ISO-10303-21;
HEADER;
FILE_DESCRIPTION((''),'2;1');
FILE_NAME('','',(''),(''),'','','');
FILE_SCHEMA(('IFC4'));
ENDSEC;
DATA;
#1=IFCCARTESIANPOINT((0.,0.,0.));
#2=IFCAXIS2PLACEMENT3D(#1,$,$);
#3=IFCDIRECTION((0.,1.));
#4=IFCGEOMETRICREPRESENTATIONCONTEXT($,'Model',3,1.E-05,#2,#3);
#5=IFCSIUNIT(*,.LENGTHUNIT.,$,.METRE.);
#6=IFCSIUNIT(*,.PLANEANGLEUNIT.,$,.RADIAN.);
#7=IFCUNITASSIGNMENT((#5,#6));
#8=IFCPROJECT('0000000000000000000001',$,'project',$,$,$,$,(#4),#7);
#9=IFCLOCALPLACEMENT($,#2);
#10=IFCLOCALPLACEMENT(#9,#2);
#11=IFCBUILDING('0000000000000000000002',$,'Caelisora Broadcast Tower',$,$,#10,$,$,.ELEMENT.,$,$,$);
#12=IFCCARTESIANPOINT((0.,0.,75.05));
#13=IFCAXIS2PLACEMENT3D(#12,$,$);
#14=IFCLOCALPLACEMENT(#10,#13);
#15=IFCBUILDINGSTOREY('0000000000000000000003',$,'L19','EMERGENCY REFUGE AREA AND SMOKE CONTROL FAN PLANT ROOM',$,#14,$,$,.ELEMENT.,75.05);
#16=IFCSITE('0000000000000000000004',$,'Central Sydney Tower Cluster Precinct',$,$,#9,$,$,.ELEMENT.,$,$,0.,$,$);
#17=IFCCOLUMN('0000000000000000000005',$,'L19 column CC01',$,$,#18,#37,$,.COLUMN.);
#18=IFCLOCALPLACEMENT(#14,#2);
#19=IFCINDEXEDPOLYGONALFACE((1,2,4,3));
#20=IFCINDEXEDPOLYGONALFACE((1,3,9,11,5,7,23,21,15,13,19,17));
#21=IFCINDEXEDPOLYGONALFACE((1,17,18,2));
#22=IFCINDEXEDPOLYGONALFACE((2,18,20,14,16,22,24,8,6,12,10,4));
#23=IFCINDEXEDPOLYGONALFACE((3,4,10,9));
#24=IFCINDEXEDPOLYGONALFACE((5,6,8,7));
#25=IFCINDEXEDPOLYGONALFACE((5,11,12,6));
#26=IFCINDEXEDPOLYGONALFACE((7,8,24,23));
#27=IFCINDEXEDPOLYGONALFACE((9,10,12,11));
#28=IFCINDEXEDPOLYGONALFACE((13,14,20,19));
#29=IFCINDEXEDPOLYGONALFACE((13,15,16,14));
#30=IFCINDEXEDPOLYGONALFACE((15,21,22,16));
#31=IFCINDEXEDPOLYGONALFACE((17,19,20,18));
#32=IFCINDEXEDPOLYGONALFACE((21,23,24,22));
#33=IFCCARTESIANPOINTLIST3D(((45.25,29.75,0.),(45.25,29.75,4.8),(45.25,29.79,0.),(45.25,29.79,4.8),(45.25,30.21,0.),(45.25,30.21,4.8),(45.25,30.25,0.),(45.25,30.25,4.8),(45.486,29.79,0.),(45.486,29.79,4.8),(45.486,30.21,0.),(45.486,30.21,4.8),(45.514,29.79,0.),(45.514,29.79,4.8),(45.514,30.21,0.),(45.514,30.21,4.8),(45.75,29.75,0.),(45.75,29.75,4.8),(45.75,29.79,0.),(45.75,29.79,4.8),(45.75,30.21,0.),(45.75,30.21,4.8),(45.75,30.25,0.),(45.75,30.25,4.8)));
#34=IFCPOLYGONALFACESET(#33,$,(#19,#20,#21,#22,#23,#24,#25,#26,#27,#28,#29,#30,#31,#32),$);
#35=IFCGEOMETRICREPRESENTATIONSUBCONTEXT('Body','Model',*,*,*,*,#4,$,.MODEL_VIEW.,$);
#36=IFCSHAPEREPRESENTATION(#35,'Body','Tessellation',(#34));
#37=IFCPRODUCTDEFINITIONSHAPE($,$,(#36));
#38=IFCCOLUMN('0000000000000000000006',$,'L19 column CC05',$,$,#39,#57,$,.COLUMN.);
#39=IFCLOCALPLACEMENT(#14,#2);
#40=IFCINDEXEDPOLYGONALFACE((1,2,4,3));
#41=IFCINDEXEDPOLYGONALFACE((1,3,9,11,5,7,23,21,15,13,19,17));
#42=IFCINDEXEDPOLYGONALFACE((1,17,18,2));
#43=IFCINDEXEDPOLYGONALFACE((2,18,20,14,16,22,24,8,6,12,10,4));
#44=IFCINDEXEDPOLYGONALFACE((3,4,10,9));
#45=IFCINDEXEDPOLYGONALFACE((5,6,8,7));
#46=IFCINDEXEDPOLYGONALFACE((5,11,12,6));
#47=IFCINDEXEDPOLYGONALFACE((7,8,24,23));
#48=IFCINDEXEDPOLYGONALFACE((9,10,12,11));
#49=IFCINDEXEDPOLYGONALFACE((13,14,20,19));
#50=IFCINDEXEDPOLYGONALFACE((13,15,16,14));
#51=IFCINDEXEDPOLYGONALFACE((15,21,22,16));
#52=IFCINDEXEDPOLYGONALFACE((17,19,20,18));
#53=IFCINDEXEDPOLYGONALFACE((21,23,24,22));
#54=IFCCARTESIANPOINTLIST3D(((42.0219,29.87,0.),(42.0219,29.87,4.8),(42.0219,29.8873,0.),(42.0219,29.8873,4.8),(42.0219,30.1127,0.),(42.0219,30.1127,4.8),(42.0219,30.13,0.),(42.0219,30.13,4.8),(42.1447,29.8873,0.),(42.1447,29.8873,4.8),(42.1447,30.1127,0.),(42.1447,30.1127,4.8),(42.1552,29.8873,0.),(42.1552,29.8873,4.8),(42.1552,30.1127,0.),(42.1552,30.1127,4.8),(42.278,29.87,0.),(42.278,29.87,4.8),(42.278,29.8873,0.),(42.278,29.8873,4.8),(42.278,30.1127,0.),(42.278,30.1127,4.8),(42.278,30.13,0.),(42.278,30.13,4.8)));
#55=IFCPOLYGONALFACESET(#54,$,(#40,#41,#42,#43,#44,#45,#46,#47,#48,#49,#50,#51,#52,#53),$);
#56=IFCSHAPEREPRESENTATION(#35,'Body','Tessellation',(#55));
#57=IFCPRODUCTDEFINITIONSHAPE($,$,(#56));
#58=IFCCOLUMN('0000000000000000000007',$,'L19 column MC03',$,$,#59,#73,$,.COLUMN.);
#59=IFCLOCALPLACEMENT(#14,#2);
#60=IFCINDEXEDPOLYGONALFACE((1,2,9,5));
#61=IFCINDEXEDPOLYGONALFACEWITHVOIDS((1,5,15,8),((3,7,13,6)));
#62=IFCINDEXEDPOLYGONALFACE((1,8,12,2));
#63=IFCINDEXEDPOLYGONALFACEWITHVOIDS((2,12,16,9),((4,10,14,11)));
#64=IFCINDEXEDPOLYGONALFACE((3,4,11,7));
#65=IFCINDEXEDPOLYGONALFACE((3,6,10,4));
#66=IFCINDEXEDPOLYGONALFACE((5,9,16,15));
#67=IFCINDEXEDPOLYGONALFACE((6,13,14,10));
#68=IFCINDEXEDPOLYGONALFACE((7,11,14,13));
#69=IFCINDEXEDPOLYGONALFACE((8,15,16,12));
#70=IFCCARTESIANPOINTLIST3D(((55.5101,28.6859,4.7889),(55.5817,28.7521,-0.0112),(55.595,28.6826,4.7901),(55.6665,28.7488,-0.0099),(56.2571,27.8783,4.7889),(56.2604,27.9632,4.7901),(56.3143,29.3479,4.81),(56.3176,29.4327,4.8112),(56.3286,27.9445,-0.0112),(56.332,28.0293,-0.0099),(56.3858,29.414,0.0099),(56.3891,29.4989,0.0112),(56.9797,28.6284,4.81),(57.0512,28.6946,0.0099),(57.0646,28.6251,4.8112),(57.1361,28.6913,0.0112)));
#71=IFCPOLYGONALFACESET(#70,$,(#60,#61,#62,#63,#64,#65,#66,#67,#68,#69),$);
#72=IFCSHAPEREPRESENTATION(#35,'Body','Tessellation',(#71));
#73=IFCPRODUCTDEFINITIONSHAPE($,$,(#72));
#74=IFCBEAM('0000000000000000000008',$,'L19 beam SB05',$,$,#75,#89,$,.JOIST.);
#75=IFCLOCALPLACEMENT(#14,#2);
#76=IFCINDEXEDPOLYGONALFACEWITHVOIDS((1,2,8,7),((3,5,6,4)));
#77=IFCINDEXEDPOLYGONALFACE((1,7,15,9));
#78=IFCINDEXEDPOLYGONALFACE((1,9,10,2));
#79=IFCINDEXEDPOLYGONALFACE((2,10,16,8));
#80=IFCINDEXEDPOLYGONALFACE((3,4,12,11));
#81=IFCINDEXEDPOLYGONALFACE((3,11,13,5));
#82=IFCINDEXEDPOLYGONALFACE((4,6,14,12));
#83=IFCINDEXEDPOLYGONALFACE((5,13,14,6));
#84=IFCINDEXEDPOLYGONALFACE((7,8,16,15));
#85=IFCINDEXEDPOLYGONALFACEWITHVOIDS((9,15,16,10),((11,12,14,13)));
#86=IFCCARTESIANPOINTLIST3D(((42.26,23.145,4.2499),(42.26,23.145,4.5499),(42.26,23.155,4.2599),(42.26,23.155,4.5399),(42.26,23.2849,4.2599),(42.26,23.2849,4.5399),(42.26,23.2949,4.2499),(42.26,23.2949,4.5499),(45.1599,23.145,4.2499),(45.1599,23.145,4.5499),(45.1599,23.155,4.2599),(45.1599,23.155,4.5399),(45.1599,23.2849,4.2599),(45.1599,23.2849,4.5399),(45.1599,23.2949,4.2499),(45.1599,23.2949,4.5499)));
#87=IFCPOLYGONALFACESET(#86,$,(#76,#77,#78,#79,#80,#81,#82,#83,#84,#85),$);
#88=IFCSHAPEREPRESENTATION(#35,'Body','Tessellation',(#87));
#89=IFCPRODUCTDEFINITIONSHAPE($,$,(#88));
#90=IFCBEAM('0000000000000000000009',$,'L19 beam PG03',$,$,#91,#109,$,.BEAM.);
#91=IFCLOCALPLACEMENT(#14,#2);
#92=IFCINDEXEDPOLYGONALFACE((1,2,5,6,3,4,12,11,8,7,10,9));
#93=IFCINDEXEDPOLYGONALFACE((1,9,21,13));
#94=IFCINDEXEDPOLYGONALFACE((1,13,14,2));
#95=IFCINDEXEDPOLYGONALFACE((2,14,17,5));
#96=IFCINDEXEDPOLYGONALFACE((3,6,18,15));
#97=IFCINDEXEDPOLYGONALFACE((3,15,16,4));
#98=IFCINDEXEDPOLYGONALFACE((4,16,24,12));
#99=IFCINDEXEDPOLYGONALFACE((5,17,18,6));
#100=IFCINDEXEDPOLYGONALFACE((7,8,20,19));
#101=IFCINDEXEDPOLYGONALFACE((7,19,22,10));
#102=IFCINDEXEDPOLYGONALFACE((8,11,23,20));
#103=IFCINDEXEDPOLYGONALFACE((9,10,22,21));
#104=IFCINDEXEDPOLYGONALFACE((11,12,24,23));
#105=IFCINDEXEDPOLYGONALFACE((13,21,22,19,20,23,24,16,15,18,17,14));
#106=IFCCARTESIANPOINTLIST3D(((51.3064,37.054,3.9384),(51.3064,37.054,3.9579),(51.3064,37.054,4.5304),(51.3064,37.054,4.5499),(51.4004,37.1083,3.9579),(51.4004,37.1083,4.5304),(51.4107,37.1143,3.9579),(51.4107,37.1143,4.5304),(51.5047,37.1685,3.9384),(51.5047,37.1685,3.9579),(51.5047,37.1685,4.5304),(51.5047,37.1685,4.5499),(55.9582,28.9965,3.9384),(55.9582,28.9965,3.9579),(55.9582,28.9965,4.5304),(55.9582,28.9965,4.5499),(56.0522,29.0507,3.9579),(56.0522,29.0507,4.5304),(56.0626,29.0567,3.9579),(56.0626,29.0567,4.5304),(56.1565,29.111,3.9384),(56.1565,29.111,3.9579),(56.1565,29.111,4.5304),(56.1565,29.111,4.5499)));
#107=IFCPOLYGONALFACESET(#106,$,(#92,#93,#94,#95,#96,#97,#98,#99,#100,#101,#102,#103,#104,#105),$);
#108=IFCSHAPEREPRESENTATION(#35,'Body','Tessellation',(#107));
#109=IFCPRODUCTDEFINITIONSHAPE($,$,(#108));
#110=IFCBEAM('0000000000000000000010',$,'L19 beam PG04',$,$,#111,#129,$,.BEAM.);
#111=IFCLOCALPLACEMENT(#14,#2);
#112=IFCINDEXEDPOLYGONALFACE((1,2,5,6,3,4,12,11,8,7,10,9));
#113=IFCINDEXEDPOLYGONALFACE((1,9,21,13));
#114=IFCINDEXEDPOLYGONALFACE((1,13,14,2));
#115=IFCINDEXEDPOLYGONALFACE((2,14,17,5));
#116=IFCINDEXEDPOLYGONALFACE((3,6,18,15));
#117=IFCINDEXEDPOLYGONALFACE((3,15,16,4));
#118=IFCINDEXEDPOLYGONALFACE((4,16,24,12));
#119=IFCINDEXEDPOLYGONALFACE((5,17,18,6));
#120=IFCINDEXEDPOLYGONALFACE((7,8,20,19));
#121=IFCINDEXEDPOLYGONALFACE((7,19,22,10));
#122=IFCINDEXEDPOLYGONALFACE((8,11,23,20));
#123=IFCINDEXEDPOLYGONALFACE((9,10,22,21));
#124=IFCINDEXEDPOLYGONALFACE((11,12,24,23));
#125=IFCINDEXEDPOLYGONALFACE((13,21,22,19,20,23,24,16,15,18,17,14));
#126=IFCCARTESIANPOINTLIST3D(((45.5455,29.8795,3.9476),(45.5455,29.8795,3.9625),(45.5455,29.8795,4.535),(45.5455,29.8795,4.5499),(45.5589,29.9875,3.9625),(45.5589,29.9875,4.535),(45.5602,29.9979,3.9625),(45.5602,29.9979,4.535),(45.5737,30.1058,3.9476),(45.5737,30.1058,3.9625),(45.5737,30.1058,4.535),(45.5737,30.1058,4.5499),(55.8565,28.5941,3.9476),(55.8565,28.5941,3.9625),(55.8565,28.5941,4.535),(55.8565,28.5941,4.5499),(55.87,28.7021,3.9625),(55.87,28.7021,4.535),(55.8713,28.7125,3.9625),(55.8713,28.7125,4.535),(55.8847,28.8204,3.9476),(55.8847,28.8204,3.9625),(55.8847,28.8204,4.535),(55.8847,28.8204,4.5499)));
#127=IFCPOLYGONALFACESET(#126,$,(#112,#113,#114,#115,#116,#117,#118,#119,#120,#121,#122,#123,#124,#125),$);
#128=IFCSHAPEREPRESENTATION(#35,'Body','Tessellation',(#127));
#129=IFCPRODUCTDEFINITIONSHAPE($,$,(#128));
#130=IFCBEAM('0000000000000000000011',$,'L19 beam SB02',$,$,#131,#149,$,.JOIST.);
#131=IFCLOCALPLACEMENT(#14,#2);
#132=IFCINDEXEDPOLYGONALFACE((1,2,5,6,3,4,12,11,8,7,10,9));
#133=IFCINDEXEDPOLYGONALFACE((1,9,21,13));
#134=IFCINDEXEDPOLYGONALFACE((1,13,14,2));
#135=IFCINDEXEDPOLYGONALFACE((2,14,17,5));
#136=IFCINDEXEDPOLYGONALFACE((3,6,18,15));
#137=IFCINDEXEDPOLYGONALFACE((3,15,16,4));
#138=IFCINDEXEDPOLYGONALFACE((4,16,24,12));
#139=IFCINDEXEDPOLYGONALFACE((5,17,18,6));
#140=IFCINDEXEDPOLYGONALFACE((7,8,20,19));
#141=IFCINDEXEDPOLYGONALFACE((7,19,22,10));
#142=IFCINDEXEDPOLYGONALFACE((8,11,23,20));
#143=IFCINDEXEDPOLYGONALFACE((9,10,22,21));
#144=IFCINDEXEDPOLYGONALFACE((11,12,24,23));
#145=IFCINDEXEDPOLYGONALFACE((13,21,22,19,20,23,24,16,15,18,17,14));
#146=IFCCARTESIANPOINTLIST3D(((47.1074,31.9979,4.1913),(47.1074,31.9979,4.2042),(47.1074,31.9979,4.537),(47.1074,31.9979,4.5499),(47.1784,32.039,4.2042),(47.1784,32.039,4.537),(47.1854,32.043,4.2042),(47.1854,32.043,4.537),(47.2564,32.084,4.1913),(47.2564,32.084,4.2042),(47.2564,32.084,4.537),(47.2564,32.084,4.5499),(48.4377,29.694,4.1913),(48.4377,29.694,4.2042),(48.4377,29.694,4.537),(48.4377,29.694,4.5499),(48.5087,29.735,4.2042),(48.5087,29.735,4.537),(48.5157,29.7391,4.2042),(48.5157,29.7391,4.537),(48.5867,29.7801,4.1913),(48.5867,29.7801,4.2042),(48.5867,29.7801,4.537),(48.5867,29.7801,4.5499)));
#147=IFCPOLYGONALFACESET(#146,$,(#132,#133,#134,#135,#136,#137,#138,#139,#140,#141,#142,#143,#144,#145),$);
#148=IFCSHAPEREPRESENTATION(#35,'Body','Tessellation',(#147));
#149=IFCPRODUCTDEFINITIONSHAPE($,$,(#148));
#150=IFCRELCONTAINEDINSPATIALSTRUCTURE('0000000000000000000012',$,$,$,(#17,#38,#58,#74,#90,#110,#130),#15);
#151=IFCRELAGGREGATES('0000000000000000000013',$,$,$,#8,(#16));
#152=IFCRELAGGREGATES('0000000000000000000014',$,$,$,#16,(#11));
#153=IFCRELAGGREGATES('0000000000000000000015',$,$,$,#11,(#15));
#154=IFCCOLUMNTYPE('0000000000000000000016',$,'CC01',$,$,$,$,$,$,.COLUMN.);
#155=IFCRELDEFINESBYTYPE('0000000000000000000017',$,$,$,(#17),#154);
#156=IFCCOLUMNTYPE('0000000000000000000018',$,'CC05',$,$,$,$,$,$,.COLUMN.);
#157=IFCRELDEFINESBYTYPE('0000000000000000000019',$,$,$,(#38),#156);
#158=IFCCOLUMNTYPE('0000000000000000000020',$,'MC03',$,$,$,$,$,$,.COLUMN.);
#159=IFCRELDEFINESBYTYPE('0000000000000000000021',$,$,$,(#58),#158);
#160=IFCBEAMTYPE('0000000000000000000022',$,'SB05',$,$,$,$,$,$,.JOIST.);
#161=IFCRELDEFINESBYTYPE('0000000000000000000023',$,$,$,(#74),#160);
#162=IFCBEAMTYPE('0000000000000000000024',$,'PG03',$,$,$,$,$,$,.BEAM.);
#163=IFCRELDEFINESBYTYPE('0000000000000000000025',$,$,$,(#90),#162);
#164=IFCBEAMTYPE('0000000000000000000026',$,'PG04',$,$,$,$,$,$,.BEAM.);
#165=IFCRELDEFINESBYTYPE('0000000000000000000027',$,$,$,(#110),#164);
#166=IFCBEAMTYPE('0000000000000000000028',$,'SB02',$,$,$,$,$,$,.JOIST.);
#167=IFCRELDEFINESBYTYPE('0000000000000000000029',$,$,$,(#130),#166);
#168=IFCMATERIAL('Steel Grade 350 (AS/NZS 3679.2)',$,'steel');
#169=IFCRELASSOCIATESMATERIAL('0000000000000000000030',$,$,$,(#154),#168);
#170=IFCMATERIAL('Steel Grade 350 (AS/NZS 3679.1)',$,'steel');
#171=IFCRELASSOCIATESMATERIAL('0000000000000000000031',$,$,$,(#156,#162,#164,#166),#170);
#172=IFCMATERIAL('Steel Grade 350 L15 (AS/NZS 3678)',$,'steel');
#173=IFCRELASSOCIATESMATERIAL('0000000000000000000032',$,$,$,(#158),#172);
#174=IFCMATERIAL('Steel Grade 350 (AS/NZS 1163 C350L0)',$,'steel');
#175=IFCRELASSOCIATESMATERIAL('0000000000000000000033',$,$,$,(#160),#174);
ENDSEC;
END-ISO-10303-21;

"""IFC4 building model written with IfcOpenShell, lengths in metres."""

from ifc_helpers import new_model, si_unit, direction, frame, origin, origin_2d, place, context, subcontext, project, spatial, hollow_rectangle, i_section, extrude, source, transform, mapped, material, material_profile, profile_set, type_object, type_shapes, element, save


model = new_model("IFC4")

# Units and contexts
model_context = context("Model", 3, precision=1e-05, world=origin(), true_north=direction((0.0, 1.0)))
body_context = subcontext(model_context, "Body", "Model", "MODEL_VIEW")
ifc_project = project(units=[si_unit("LENGTHUNIT", "METRE"), si_unit("PLANEANGLEUNIT", "RADIAN")], contexts=[model_context])

# Site, building, storey
site_placement = place(None, origin())
site = spatial("IfcSite", under=ifc_project, at=site_placement, Name="Central Sydney Tower Cluster Precinct", CompositionType="ELEMENT", RefElevation=0.0)
building_placement = place(site_placement, origin())
building = spatial("IfcBuilding", under=site, at=building_placement, Name="Caelisora Broadcast Tower", CompositionType="ELEMENT")
storey_placement = place(building_placement, frame((0.0, 0.0, 75.05)))
storey = spatial("IfcBuildingStorey", under=building, at=storey_placement, Name="L19", Description="EMERGENCY REFUGE AREA AND SMOKE CONTROL FAN PLANT ROOM", CompositionType="ELEMENT", Elevation=75.05)

# Columns
ifc_material_1 = material(Name="Steel Grade 350 (AS/NZS 3679.2)", Category="steel")
ifc_material_profile_1 = material_profile(ifc_material_1, i_section(OverallWidth=0.5, OverallDepth=0.5, WebThickness=0.0281, FlangeThickness=0.04, at=origin_2d()), Name="Steel Grade 350 (AS/NZS 3679.2)")
ifc_profile_set_1 = profile_set([ifc_material_profile_1], Name="Steel Grade 350 (AS/NZS 3679.2)")
column_type_1 = type_object("IfcColumnType", Name="CC01", PredefinedType="COLUMN", material=ifc_profile_set_1)
shared_shape_1 = source(origin(), body_context, "Body", "SweptSolid", [
    extrude(i_section(OverallWidth=0.5, OverallDepth=0.5, WebThickness=0.0281, FlangeThickness=0.04, at=origin_2d()), origin(), (0.0, 0.0, 1.0), 4.8),
])
type_shapes(column_type_1, [shared_shape_1])
column_1_placement = place(storey_placement, frame((45.5, 30.0, 0.0), z_axis=(0.0, 0.0, 1.0), x_axis=(1.0, 0.0, 0.0)))
element("IfcColumn", 1, at=column_1_placement, inside=storey, type_object=column_type_1, Name="L19 column CC01", PredefinedType="COLUMN", context=body_context, shape_type="MappedRepresentation", body=[
    mapped(shared_shape_1, transform((0.0, 0.0, 0.0), scale=1.0)),
])
ifc_material_2 = material(Name="Steel Grade 350 (AS/NZS 3679.1)", Category="steel")
ifc_material_profile_2 = material_profile(ifc_material_2, i_section(OverallWidth=0.2561, OverallDepth=0.26, WebThickness=0.0105, FlangeThickness=0.0173, at=origin_2d()), Name="Steel Grade 350 (AS/NZS 3679.1)")
ifc_profile_set_2 = profile_set([ifc_material_profile_2], Name="Steel Grade 350 (AS/NZS 3679.1)")
column_type_2 = type_object("IfcColumnType", Name="CC05", PredefinedType="COLUMN", material=ifc_profile_set_2)
shared_shape_2 = source(origin(), body_context, "Body", "SweptSolid", [
    extrude(i_section(OverallWidth=0.2561, OverallDepth=0.26, WebThickness=0.0105, FlangeThickness=0.0173, at=origin_2d()), origin(), (0.0, 0.0, 1.0), 4.8),
])
type_shapes(column_type_2, [shared_shape_2])
column_2_placement = place(storey_placement, frame((42.1499, 30.0, 0.0), z_axis=(0.0, 0.0, 1.0), x_axis=(1.0, 0.0, 0.0)))
element("IfcColumn", 2, at=column_2_placement, inside=storey, type_object=column_type_2, Name="L19 column CC05", PredefinedType="COLUMN", context=body_context, shape_type="MappedRepresentation", body=[
    mapped(shared_shape_2, transform((0.0, 0.0, 0.0), scale=1.0)),
])
ifc_material_3 = material(Name="Steel Grade 350 L15 (AS/NZS 3678)", Category="steel")
ifc_material_profile_3 = material_profile(ifc_material_3, hollow_rectangle(XDim=1.1001, YDim=1.1001, WallThickness=0.0601, at=origin_2d()), Name="Steel Grade 350 L15 (AS/NZS 3678)")
ifc_profile_set_3 = profile_set([ifc_material_profile_3], Name="Steel Grade 350 L15 (AS/NZS 3678)")
column_type_3 = type_object("IfcColumnType", Name="MC03", PredefinedType="COLUMN", material=ifc_profile_set_3)
shared_shape_3 = source(origin(), body_context, "Body", "SweptSolid", [
    extrude(hollow_rectangle(XDim=1.1001, YDim=1.1001, WallThickness=0.0601, at=origin_2d()), origin(), (0.0, 0.0, 1.0), 4.801),
])
type_shapes(column_type_3, [shared_shape_3])
column_3_placement = place(storey_placement, frame((56.3589, 28.7217, 0.0), z_axis=(-0.0149, -0.013781, 0.999794), x_axis=(0.679008, -0.734131, 0.0)))
element("IfcColumn", 3, at=column_3_placement, inside=storey, type_object=column_type_3, Name="L19 column MC03", PredefinedType="COLUMN", context=body_context, shape_type="MappedRepresentation", body=[
    mapped(shared_shape_3, transform((0.0, 0.0, 0.0), scale=1.0)),
])

# Beams
ifc_material_4 = material(Name="Steel Grade 350 (AS/NZS 1163 C350L0)", Category="steel")
ifc_material_profile_4 = material_profile(ifc_material_4, hollow_rectangle(XDim=0.1499, YDim=0.3, WallThickness=0.01, at=origin_2d()), Name="Steel Grade 350 (AS/NZS 1163 C350L0)")
ifc_profile_set_4 = profile_set([ifc_material_profile_4], Name="Steel Grade 350 (AS/NZS 1163 C350L0)")
beam_type_1 = type_object("IfcBeamType", Name="SB05", PredefinedType="JOIST", material=ifc_profile_set_4)
shared_shape_4 = source(origin(), body_context, "Body", "SweptSolid", [
    extrude(hollow_rectangle(XDim=0.1499, YDim=0.3, WallThickness=0.01, at=origin_2d()), origin(), (0.0, 0.0, 1.0), 2.8999),
])
type_shapes(beam_type_1, [shared_shape_4])
beam_1_placement = place(storey_placement, frame((42.26, 23.22, 4.3999), z_axis=(1.0, 0.0, 0.0), x_axis=(0.0, 1.0, 0.0)))
element("IfcBeam", 4, at=beam_1_placement, inside=storey, type_object=beam_type_1, Name="L19 beam SB05", PredefinedType="JOIST", context=body_context, shape_type="MappedRepresentation", body=[
    mapped(shared_shape_4, transform((0.0, 0.0, 0.0), scale=1.0)),
])
ifc_material_profile_5 = material_profile(ifc_material_2, i_section(OverallWidth=0.229, OverallDepth=0.6116, WebThickness=0.012, FlangeThickness=0.0195, at=origin_2d()), Name="Steel Grade 350 (AS/NZS 3679.1)")
ifc_profile_set_5 = profile_set([ifc_material_profile_5], Name="Steel Grade 350 (AS/NZS 3679.1)")
beam_type_2 = type_object("IfcBeamType", Name="PG03", PredefinedType="BEAM", material=ifc_profile_set_5)
shared_shape_5 = source(origin(), body_context, "Body", "SweptSolid", [
    extrude(i_section(OverallWidth=0.229, OverallDepth=0.6116, WebThickness=0.012, FlangeThickness=0.0195, at=origin_2d()), origin(), (0.0, 0.0, 1.0), 9.304),
])
type_shapes(beam_type_2, [shared_shape_5])
beam_2_placement = place(storey_placement, frame((56.0574, 29.0537, 4.2441), z_axis=(-0.499983, 0.866035, 0.0), x_axis=(-0.866035, -0.499983, 0.0)))
element("IfcBeam", 5, at=beam_2_placement, inside=storey, type_object=beam_type_2, Name="L19 beam PG03", PredefinedType="BEAM", context=body_context, shape_type="MappedRepresentation", body=[
    mapped(shared_shape_5, transform((0.0, 0.0, 0.0), scale=1.0)),
])
ifc_material_profile_6 = material_profile(ifc_material_2, i_section(OverallWidth=0.228, OverallDepth=0.6023, WebThickness=0.0105, FlangeThickness=0.0149, at=origin_2d()), Name="Steel Grade 350 (AS/NZS 3679.1)")
ifc_profile_set_6 = profile_set([ifc_material_profile_6], Name="Steel Grade 350 (AS/NZS 3679.1)")
beam_type_3 = type_object("IfcBeamType", Name="PG04", PredefinedType="BEAM", material=ifc_profile_set_6)
shared_shape_6 = source(origin(), body_context, "Body", "SweptSolid", [
    extrude(i_section(OverallWidth=0.228, OverallDepth=0.6023, WebThickness=0.0105, FlangeThickness=0.0149, at=origin_2d()), origin(), (0.0, 0.0, 1.0), 10.3909),
])
type_shapes(beam_type_3, [shared_shape_6])
beam_3_placement = place(storey_placement, frame((45.5596, 29.9927, 4.2488), z_axis=(0.992319, -0.123705, 0.0), x_axis=(0.123705, 0.992319, 0.0)))
element("IfcBeam", 6, at=beam_3_placement, inside=storey, type_object=beam_type_3, Name="L19 beam PG04", PredefinedType="BEAM", context=body_context, shape_type="MappedRepresentation", body=[
    mapped(shared_shape_6, transform((0.0, 0.0, 0.0), scale=1.0)),
])
ifc_material_profile_7 = material_profile(ifc_material_2, i_section(OverallWidth=0.1721, OverallDepth=0.3586, WebThickness=0.0081, FlangeThickness=0.0129, at=origin_2d()), Name="Steel Grade 350 (AS/NZS 3679.1)")
ifc_profile_set_7 = profile_set([ifc_material_profile_7], Name="Steel Grade 350 (AS/NZS 3679.1)")
beam_type_4 = type_object("IfcBeamType", Name="SB02", PredefinedType="JOIST", material=ifc_profile_set_7)
shared_shape_7 = source(origin(), body_context, "Body", "SweptSolid", [
    extrude(i_section(OverallWidth=0.1721, OverallDepth=0.3586, WebThickness=0.0081, FlangeThickness=0.0129, at=origin_2d()), origin(), (0.0, 0.0, 1.0), 2.6604),
])
beam_4_placement = place(storey_placement, frame((48.5122, 29.7371, 4.3706), z_axis=(-0.500038, 0.866004, 0.0), x_axis=(-0.866004, -0.500038, 0.0)))
element("IfcBeam", 7, at=beam_4_placement, inside=storey, type_object=beam_type_4, Name="L19 beam SB02", PredefinedType="JOIST", context=body_context, shape_type="MappedRepresentation", body=[
    mapped(shared_shape_7, transform((0.0, 0.0, 0.0), scale=1.0)),
])

save(model, "model.ifc")
